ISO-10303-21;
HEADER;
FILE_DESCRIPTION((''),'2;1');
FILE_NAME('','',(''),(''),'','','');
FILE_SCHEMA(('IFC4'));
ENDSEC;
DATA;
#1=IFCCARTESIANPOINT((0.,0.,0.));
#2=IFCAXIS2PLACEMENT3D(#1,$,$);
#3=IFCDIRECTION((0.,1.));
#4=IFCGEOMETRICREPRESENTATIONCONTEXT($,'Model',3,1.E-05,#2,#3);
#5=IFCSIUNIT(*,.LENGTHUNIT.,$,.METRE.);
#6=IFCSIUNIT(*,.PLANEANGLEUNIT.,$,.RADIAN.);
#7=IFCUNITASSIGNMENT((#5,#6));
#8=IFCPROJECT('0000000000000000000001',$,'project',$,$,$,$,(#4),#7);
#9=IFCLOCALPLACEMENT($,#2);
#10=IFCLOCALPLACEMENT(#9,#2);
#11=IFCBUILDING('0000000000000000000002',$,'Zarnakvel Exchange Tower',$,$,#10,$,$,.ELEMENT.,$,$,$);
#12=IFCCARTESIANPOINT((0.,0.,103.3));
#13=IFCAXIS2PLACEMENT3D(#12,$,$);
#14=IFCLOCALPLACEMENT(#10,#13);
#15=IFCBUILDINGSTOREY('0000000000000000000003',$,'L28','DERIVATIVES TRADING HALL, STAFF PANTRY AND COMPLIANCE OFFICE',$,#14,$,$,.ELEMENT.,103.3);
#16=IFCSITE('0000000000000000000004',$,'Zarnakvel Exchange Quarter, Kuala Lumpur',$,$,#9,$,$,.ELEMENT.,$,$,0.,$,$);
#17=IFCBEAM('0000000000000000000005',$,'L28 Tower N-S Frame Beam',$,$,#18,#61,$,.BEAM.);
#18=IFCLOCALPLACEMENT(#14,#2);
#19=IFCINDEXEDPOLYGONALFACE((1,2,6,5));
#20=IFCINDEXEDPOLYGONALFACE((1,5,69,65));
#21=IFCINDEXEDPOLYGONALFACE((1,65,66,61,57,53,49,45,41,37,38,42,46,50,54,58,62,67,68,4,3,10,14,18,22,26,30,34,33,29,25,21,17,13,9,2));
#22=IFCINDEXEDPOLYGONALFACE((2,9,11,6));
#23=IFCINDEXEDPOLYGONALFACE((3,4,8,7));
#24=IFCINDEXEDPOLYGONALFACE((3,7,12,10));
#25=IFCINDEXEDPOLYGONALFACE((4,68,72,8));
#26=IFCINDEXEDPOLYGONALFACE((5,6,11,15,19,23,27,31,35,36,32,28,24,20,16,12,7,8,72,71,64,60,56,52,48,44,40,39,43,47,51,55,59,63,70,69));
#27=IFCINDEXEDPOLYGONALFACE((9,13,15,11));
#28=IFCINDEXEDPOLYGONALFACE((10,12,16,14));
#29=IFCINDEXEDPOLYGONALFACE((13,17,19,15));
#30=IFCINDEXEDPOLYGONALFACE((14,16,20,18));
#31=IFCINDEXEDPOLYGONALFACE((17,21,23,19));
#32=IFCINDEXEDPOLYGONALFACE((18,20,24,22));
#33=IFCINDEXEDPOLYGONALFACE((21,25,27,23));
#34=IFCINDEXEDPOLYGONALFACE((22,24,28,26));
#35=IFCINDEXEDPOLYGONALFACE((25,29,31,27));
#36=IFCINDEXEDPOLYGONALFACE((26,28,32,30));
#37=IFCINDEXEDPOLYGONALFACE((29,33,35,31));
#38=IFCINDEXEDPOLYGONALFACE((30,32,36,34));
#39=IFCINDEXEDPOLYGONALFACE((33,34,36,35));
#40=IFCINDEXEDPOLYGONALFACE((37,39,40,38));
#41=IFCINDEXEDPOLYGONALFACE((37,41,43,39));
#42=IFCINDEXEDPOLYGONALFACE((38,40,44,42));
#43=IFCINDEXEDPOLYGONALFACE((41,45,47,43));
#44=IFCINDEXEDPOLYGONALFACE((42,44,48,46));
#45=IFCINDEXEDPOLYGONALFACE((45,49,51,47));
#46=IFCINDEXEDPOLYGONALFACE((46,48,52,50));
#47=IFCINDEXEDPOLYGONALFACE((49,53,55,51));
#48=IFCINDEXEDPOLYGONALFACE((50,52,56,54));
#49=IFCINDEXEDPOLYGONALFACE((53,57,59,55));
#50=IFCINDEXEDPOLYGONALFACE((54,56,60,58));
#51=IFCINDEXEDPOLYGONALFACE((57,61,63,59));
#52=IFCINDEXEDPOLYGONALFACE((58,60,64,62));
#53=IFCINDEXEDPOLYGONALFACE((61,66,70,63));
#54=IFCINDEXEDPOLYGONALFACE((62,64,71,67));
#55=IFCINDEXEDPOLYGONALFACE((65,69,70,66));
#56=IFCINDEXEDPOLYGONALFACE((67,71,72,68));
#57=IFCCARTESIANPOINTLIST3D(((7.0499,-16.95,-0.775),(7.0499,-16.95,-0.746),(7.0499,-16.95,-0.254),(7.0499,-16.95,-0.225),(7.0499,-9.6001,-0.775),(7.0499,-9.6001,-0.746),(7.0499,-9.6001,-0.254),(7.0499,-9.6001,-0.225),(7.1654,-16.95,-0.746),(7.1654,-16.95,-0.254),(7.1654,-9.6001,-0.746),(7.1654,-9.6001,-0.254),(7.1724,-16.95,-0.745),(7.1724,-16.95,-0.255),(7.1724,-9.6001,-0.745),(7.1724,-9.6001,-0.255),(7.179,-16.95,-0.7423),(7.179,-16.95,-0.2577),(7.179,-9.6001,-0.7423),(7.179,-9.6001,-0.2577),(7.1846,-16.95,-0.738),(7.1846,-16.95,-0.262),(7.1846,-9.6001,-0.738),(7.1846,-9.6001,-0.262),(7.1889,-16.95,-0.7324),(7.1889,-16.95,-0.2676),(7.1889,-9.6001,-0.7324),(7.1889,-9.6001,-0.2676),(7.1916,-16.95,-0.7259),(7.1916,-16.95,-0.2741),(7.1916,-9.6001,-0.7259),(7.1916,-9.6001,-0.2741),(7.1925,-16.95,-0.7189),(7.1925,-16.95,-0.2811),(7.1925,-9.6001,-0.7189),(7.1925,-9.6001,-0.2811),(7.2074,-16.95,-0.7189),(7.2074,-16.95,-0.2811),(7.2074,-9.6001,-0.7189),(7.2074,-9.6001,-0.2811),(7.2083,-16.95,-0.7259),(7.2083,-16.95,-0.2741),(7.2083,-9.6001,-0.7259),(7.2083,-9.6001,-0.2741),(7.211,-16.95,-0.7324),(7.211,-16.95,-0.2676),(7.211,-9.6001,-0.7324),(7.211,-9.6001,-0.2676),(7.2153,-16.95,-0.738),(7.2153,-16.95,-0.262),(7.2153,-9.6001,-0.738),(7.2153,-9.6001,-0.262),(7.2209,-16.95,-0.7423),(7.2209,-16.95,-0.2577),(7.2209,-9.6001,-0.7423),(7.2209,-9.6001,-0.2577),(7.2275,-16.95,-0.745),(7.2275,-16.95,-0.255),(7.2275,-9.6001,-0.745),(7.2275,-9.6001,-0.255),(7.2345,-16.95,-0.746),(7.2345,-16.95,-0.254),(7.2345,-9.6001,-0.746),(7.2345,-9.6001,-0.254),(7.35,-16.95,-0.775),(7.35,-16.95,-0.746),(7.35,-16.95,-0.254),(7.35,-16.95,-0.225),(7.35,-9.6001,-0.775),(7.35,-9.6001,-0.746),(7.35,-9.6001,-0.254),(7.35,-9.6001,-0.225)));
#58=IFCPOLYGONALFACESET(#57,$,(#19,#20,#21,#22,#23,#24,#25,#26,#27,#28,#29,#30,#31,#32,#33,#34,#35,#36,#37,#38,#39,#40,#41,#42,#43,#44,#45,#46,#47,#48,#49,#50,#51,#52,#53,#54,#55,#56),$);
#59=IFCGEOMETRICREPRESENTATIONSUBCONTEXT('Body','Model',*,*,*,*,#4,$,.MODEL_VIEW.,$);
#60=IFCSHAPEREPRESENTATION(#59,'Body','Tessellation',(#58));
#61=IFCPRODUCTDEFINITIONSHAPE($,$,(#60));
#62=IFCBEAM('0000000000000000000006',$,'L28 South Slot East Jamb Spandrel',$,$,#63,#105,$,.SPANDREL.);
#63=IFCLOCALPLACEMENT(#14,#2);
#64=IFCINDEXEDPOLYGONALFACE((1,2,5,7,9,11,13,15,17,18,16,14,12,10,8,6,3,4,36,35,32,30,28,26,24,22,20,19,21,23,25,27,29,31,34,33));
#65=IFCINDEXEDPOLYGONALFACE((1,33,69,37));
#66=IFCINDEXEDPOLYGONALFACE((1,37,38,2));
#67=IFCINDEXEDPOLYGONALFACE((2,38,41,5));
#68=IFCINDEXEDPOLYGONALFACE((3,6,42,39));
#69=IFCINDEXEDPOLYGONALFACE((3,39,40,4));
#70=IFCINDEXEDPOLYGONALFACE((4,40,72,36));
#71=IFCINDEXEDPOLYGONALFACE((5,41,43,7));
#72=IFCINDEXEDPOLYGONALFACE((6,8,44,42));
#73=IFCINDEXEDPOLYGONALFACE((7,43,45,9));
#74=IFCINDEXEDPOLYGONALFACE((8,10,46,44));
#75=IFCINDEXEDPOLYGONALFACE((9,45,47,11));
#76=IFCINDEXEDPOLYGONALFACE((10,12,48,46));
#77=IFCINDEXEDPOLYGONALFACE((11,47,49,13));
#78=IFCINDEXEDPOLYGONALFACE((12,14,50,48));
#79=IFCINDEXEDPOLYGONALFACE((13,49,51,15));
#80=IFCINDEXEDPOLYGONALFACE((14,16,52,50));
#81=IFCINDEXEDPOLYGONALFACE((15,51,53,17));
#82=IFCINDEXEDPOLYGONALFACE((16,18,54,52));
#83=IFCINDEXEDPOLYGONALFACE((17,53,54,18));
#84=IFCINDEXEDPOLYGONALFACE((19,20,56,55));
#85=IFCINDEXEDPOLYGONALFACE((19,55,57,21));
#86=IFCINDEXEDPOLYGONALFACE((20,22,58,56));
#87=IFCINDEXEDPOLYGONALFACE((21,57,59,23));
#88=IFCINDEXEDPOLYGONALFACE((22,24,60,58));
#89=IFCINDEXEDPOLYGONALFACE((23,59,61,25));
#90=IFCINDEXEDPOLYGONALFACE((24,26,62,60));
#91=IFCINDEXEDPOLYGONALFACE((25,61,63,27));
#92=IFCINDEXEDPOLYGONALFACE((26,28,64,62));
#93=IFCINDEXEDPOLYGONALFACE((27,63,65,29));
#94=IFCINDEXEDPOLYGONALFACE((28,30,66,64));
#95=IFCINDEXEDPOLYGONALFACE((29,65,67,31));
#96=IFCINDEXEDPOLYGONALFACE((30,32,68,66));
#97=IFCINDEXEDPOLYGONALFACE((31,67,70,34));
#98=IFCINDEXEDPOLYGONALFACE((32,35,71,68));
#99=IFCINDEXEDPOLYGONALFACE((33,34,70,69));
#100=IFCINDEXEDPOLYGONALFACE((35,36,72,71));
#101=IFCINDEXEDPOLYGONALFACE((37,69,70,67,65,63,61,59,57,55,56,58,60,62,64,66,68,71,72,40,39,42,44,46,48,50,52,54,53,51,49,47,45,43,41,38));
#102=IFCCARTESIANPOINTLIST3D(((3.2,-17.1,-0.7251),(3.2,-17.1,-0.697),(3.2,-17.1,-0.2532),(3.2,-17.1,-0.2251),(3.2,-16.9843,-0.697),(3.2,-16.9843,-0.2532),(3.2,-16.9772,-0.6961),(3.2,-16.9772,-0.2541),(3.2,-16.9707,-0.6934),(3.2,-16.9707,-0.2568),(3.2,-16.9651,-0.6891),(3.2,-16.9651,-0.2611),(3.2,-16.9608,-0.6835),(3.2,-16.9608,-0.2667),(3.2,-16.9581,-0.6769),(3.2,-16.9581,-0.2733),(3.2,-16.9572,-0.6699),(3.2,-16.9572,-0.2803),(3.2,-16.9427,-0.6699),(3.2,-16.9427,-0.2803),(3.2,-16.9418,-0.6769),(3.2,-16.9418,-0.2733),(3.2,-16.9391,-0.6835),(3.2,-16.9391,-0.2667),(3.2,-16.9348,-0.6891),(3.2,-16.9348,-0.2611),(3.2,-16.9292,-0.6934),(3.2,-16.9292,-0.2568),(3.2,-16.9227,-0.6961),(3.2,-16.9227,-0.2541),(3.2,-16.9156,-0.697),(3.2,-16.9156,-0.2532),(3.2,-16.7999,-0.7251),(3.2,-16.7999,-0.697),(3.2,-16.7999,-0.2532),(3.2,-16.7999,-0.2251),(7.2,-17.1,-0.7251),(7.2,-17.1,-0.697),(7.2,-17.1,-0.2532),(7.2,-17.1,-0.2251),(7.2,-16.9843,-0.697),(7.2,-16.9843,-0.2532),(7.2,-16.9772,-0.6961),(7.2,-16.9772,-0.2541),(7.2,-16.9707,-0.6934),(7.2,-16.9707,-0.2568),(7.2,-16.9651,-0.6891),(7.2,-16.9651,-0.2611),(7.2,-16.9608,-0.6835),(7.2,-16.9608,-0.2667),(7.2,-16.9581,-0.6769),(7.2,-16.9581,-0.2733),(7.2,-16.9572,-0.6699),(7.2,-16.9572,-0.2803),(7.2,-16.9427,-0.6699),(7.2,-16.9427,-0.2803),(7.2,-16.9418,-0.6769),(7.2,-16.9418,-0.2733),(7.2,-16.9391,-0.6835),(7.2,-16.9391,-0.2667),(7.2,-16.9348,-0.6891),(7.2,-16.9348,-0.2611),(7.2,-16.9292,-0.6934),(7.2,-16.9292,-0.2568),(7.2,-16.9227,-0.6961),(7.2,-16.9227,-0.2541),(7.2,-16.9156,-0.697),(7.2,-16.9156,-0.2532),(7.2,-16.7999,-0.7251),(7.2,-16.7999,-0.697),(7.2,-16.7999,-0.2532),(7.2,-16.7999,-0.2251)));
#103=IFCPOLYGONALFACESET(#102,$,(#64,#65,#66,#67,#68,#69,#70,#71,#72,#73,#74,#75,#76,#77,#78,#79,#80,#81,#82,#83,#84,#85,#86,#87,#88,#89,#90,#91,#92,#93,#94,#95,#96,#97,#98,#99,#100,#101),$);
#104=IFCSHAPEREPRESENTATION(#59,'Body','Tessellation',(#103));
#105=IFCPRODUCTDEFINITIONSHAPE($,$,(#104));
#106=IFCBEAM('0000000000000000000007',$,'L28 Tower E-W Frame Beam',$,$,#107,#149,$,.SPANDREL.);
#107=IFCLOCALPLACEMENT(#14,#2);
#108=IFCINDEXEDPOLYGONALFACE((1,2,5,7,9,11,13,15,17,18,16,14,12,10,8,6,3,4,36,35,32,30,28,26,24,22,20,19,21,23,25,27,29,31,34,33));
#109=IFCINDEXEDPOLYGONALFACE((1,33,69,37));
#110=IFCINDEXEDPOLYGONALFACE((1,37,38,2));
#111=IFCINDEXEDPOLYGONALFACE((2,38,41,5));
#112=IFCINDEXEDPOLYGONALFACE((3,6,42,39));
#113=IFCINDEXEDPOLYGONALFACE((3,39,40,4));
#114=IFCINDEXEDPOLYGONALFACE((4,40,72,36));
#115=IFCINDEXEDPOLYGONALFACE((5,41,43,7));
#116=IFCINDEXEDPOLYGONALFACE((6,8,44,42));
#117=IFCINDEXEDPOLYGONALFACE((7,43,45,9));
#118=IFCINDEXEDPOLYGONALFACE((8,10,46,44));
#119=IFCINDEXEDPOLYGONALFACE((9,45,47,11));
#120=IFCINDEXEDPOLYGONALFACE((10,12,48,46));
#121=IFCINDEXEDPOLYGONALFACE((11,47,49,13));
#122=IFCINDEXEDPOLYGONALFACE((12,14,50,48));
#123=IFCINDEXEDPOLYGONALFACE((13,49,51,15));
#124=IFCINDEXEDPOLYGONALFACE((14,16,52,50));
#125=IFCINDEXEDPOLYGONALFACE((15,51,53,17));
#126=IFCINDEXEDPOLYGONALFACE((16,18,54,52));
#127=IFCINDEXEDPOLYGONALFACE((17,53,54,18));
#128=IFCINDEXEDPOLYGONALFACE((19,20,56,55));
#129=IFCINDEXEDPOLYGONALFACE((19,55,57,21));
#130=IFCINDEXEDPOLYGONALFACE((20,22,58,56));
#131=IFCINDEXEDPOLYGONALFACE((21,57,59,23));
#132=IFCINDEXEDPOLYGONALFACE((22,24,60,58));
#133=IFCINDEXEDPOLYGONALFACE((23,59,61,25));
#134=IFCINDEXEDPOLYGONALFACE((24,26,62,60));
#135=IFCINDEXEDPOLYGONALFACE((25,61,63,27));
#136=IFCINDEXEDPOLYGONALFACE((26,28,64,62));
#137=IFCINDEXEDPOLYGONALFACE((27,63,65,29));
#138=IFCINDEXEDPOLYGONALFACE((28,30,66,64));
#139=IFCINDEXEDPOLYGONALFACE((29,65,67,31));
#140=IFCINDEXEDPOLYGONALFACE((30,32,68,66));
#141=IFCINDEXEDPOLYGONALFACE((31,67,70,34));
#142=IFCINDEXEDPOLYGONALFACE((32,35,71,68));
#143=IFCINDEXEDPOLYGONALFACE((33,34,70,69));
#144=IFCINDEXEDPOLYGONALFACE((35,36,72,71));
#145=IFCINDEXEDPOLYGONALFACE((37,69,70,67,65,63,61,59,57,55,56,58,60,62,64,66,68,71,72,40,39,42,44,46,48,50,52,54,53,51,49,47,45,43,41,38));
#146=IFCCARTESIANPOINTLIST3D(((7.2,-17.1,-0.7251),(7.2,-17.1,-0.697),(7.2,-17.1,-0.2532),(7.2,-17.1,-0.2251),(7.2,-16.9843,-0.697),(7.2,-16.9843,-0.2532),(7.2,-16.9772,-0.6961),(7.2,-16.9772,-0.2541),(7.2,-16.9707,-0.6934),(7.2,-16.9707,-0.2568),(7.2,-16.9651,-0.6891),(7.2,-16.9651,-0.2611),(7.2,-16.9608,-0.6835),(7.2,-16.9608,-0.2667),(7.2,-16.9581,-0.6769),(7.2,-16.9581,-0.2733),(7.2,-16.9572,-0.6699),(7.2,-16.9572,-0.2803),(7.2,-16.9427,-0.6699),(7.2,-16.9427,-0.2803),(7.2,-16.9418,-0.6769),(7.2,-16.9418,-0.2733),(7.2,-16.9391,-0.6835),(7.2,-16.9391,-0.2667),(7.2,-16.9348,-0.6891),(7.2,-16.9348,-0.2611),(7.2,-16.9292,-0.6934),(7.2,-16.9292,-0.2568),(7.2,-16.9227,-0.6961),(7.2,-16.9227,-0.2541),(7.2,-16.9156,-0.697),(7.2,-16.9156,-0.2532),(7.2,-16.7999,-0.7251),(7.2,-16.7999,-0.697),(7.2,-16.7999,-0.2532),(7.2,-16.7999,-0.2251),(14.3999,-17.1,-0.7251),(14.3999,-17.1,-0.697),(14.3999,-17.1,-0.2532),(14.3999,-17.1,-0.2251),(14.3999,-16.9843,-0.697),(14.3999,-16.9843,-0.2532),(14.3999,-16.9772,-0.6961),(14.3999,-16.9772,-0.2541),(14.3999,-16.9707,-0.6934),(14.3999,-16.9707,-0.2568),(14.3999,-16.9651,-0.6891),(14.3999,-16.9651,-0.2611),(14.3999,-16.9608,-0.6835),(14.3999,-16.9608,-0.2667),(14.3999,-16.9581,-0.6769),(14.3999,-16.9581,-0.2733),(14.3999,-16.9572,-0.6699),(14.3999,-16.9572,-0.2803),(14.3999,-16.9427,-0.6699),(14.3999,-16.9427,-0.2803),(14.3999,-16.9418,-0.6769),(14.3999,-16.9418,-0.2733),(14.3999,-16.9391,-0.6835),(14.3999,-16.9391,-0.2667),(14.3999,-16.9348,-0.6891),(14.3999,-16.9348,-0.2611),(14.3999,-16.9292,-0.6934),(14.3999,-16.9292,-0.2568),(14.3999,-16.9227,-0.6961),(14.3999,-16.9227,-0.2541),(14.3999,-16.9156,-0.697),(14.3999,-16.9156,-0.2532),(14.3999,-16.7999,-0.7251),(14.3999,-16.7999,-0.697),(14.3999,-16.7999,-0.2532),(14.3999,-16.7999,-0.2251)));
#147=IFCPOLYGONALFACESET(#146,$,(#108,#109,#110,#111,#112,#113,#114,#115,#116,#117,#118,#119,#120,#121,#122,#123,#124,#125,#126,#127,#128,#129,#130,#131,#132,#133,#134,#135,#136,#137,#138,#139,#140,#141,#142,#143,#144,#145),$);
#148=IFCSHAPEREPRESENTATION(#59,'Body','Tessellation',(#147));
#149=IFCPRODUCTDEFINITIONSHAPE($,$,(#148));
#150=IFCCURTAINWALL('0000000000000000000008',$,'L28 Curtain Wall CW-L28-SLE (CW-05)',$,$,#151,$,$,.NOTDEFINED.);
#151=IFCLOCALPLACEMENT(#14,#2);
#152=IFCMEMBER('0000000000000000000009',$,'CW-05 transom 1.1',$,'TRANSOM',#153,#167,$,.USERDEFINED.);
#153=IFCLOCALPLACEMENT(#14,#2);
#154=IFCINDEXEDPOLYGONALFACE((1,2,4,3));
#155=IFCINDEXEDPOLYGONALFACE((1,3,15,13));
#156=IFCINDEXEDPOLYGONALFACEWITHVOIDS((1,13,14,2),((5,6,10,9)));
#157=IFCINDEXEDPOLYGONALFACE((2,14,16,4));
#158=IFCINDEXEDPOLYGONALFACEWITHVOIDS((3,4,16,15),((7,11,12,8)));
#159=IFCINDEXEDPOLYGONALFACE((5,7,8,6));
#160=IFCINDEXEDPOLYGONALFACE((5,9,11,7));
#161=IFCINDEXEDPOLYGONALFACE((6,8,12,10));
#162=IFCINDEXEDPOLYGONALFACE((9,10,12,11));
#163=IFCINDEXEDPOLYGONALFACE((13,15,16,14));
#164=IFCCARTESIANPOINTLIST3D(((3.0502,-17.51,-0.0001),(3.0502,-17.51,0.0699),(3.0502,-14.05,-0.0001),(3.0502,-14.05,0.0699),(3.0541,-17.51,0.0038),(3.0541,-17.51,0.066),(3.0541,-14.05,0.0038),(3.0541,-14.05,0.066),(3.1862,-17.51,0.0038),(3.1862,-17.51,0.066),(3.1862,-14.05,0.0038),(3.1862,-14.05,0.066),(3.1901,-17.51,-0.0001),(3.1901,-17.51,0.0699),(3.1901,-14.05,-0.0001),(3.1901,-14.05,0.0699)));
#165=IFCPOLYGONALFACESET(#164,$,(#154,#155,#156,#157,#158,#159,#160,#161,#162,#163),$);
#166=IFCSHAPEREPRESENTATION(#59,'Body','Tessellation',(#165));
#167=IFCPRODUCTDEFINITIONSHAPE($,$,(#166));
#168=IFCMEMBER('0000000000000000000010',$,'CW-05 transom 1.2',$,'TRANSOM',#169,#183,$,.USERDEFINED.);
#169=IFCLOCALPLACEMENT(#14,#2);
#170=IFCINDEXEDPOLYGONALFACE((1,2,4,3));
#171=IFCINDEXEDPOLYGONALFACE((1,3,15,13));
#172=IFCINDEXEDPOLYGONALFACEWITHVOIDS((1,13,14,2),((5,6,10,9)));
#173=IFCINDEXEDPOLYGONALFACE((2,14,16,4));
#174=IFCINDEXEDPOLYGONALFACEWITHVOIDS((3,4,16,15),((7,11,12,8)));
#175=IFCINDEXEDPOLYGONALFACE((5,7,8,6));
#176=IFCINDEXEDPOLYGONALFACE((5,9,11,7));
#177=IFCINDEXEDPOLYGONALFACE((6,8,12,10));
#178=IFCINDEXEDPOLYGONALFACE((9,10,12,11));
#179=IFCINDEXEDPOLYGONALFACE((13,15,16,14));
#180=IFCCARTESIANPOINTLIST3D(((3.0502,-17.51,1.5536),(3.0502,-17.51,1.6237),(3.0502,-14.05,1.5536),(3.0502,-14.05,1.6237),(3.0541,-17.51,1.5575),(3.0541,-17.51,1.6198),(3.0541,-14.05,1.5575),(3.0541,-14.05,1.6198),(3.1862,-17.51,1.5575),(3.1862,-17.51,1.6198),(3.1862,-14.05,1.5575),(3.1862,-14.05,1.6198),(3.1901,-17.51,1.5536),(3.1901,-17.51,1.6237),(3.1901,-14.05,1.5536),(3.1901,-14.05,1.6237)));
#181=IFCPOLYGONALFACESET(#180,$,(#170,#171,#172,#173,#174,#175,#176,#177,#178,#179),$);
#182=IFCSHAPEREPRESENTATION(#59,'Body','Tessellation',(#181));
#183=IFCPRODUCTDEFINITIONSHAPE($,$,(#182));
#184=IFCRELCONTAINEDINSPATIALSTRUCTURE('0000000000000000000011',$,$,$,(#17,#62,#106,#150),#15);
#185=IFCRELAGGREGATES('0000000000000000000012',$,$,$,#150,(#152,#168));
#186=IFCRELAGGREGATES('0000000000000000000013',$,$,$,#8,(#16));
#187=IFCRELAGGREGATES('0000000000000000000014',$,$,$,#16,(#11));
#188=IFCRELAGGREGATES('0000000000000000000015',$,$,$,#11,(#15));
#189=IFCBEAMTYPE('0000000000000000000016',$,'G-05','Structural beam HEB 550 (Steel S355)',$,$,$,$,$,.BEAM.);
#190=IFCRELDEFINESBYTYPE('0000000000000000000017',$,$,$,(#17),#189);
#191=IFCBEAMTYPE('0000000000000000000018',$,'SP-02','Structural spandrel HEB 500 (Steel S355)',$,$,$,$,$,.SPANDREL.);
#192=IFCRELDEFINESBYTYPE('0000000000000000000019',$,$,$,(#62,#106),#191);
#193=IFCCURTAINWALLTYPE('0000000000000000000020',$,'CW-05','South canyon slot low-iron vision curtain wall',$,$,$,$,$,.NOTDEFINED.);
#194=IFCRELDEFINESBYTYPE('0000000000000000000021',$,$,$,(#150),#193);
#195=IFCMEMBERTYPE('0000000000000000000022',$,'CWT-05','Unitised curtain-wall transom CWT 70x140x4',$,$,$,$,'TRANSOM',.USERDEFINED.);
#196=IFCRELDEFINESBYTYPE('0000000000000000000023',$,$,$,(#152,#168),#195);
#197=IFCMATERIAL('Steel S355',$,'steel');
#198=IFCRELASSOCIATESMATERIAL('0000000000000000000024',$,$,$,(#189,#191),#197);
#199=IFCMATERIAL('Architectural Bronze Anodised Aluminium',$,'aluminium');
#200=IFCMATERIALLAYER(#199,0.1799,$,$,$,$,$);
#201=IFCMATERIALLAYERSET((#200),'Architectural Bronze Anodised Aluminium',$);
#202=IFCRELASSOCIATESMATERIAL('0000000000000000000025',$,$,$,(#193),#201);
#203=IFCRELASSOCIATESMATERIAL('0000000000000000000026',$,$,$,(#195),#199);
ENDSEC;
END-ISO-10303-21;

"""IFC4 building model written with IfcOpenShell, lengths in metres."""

from ifc_helpers import new_model, si_unit, direction, frame, origin, origin_2d, place, context, subcontext, project, spatial, hollow_rectangle, i_section, extrude, source, transform, mapped, material, layer, layer_set, material_profile, profile_set, type_object, element, aggregate, save


model = new_model("IFC4")

# Units and contexts
model_context = context("Model", 3, precision=1e-05, world=origin(), true_north=direction((0.0, 1.0)))
body_context = subcontext(model_context, "Body", "Model", "MODEL_VIEW")
ifc_project = project(units=[si_unit("LENGTHUNIT", "METRE"), si_unit("PLANEANGLEUNIT", "RADIAN")], contexts=[model_context])

# Site, building, storey
site_placement = place(None, origin())
site = spatial("IfcSite", under=ifc_project, at=site_placement, Name="Zarnakvel Exchange Quarter, Kuala Lumpur", CompositionType="ELEMENT", RefElevation=0.0)
building_placement = place(site_placement, origin())
building = spatial("IfcBuilding", under=site, at=building_placement, Name="Zarnakvel Exchange Tower", CompositionType="ELEMENT")
storey_placement = place(building_placement, frame((0.0, 0.0, 103.3)))
storey = spatial("IfcBuildingStorey", under=building, at=storey_placement, Name="L28", Description="DERIVATIVES TRADING HALL, STAFF PANTRY AND COMPLIANCE OFFICE", CompositionType="ELEMENT", Elevation=103.3)

# Beams
ifc_material_1 = material(Name="Steel S355", Category="steel")
ifc_material_profile_1 = material_profile(ifc_material_1, i_section(OverallWidth=0.3, OverallDepth=0.55, WebThickness=0.0149, FlangeThickness=0.0291, FilletRadius=0.0271, at=origin_2d()))
ifc_profile_set_1 = profile_set([ifc_material_profile_1], Name="Steel S355")
beam_type_1 = type_object("IfcBeamType", Name="G-05", Description="Structural beam HEB 550 (Steel S355)", PredefinedType="BEAM", material=ifc_profile_set_1)
beam_1_placement = place(storey_placement, frame((7.2, -16.95, -0.5), z_axis=(0.0, 1.0, 0.0), x_axis=(-1.0, 0.0, 0.0)))
element("IfcBeam", 1, at=beam_1_placement, inside=storey, type_object=beam_type_1, Name="L28 Tower N-S Frame Beam", PredefinedType="BEAM", context=body_context, shape_type="SweptSolid", body=[
    extrude(i_section(OverallWidth=0.3, OverallDepth=0.55, WebThickness=0.0149, FlangeThickness=0.0291, FilletRadius=0.0271, at=origin_2d()), origin(), (0.0, 0.0, 1.0), 7.3499),
])
ifc_material_profile_2 = material_profile(ifc_material_1, i_section(OverallWidth=0.3, OverallDepth=0.5, WebThickness=0.0144, FlangeThickness=0.0281, FilletRadius=0.0271, at=origin_2d()))
ifc_profile_set_2 = profile_set([ifc_material_profile_2], Name="Steel S355")
beam_type_2 = type_object("IfcBeamType", Name="SP-02", Description="Structural spandrel HEB 500 (Steel S355)", PredefinedType="SPANDREL", material=ifc_profile_set_2)
beam_2_placement = place(storey_placement, frame((3.2, -16.95, -0.4751), z_axis=(1.0, 0.0, 0.0), x_axis=(0.0, 1.0, 0.0)))
element("IfcBeam", 2, at=beam_2_placement, inside=storey, type_object=beam_type_2, Name="L28 South Slot East Jamb Spandrel", PredefinedType="SPANDREL", context=body_context, shape_type="SweptSolid", body=[
    extrude(i_section(OverallWidth=0.3, OverallDepth=0.5, WebThickness=0.0144, FlangeThickness=0.0281, FilletRadius=0.0271, at=origin_2d()), origin(), (0.0, 0.0, 1.0), 4.0),
])
beam_3_placement = place(storey_placement, frame((7.2, -16.95, -0.4751), z_axis=(1.0, 0.0, 0.0), x_axis=(0.0, 1.0, 0.0)))
element("IfcBeam", 3, at=beam_3_placement, inside=storey, type_object=beam_type_2, Name="L28 Tower E-W Frame Beam", PredefinedType="SPANDREL", context=body_context, shape_type="SweptSolid", body=[
    extrude(i_section(OverallWidth=0.3, OverallDepth=0.5, WebThickness=0.0144, FlangeThickness=0.0281, FilletRadius=0.0271, at=origin_2d()), origin(), (0.0, 0.0, 1.0), 7.2),
])

# Curtain wall, members
ifc_material_2 = material(Name="Architectural Bronze Anodised Aluminium", Category="aluminium")
ifc_layer_1 = layer(ifc_material_2, 0.1799)
ifc_layer_set_1 = layer_set([ifc_layer_1], Name="Architectural Bronze Anodised Aluminium")
curtain_wall_type = type_object("IfcCurtainWallType", Name="CW-05", Description="South canyon slot low-iron vision curtain wall", PredefinedType="NOTDEFINED", material=ifc_layer_set_1)
curtain_wall_1_placement = place(storey_placement, origin())
curtain_wall_1 = element("IfcCurtainWall", 4, at=curtain_wall_1_placement, inside=storey, type_object=curtain_wall_type, Name="L28 Curtain Wall CW-L28-SLE (CW-05)", PredefinedType="NOTDEFINED")
ifc_material_profile_3 = material_profile(ifc_material_2, hollow_rectangle(XDim=0.1399, YDim=0.0701, WallThickness=0.0039, at=origin_2d()))
ifc_profile_set_3 = profile_set([ifc_material_profile_3], Name="Architectural Bronze Anodised Aluminium")
member_type_1 = type_object("IfcMemberType", Name="CWT-05", Description="Unitised curtain-wall transom CWT 70x140x4", ElementType="TRANSOM", PredefinedType="USERDEFINED", material=ifc_profile_set_3)
shared_shape_1 = source(origin(), body_context, "Body", "SweptSolid", [
    extrude(hollow_rectangle(XDim=0.1399, YDim=0.0701, WallThickness=0.0039, at=origin_2d()), origin(), (0.0, 0.0, 1.0), 3.46),
])
member_1_placement = place(storey_placement, frame((3.1201, -14.05, 0.0349), z_axis=(0.0, -1.0, 0.0), x_axis=(1.0, 0.0, 0.0)))
member_1 = element("IfcMember", 5, at=member_1_placement, type_object=member_type_1, Name="CW-05 transom 1.1", ObjectType="TRANSOM", PredefinedType="USERDEFINED", context=body_context, shape_type="MappedRepresentation", body=[
    mapped(shared_shape_1, transform((0.0, 0.0, 0.0), x_axis=(1.0, 0.0, 0.0), y_axis=(0.0, 1.0, 0.0), z_axis=(0.0, 0.0, 1.0), scale=1.0)),
])
member_2_placement = place(storey_placement, frame((3.1201, -14.05, 1.5886), z_axis=(0.0, -1.0, 0.0), x_axis=(1.0, 0.0, 0.0)))
member_2 = element("IfcMember", 6, at=member_2_placement, type_object=member_type_1, Name="CW-05 transom 1.2", ObjectType="TRANSOM", PredefinedType="USERDEFINED", context=body_context, shape_type="MappedRepresentation", body=[
    mapped(shared_shape_1, transform((0.0, 0.0, 0.0), x_axis=(1.0, 0.0, 0.0), y_axis=(0.0, 1.0, 0.0), z_axis=(0.0, 0.0, 1.0), scale=1.0)),
])

aggregate(curtain_wall_1, [member_1, member_2])

save(model, "model.ifc")
